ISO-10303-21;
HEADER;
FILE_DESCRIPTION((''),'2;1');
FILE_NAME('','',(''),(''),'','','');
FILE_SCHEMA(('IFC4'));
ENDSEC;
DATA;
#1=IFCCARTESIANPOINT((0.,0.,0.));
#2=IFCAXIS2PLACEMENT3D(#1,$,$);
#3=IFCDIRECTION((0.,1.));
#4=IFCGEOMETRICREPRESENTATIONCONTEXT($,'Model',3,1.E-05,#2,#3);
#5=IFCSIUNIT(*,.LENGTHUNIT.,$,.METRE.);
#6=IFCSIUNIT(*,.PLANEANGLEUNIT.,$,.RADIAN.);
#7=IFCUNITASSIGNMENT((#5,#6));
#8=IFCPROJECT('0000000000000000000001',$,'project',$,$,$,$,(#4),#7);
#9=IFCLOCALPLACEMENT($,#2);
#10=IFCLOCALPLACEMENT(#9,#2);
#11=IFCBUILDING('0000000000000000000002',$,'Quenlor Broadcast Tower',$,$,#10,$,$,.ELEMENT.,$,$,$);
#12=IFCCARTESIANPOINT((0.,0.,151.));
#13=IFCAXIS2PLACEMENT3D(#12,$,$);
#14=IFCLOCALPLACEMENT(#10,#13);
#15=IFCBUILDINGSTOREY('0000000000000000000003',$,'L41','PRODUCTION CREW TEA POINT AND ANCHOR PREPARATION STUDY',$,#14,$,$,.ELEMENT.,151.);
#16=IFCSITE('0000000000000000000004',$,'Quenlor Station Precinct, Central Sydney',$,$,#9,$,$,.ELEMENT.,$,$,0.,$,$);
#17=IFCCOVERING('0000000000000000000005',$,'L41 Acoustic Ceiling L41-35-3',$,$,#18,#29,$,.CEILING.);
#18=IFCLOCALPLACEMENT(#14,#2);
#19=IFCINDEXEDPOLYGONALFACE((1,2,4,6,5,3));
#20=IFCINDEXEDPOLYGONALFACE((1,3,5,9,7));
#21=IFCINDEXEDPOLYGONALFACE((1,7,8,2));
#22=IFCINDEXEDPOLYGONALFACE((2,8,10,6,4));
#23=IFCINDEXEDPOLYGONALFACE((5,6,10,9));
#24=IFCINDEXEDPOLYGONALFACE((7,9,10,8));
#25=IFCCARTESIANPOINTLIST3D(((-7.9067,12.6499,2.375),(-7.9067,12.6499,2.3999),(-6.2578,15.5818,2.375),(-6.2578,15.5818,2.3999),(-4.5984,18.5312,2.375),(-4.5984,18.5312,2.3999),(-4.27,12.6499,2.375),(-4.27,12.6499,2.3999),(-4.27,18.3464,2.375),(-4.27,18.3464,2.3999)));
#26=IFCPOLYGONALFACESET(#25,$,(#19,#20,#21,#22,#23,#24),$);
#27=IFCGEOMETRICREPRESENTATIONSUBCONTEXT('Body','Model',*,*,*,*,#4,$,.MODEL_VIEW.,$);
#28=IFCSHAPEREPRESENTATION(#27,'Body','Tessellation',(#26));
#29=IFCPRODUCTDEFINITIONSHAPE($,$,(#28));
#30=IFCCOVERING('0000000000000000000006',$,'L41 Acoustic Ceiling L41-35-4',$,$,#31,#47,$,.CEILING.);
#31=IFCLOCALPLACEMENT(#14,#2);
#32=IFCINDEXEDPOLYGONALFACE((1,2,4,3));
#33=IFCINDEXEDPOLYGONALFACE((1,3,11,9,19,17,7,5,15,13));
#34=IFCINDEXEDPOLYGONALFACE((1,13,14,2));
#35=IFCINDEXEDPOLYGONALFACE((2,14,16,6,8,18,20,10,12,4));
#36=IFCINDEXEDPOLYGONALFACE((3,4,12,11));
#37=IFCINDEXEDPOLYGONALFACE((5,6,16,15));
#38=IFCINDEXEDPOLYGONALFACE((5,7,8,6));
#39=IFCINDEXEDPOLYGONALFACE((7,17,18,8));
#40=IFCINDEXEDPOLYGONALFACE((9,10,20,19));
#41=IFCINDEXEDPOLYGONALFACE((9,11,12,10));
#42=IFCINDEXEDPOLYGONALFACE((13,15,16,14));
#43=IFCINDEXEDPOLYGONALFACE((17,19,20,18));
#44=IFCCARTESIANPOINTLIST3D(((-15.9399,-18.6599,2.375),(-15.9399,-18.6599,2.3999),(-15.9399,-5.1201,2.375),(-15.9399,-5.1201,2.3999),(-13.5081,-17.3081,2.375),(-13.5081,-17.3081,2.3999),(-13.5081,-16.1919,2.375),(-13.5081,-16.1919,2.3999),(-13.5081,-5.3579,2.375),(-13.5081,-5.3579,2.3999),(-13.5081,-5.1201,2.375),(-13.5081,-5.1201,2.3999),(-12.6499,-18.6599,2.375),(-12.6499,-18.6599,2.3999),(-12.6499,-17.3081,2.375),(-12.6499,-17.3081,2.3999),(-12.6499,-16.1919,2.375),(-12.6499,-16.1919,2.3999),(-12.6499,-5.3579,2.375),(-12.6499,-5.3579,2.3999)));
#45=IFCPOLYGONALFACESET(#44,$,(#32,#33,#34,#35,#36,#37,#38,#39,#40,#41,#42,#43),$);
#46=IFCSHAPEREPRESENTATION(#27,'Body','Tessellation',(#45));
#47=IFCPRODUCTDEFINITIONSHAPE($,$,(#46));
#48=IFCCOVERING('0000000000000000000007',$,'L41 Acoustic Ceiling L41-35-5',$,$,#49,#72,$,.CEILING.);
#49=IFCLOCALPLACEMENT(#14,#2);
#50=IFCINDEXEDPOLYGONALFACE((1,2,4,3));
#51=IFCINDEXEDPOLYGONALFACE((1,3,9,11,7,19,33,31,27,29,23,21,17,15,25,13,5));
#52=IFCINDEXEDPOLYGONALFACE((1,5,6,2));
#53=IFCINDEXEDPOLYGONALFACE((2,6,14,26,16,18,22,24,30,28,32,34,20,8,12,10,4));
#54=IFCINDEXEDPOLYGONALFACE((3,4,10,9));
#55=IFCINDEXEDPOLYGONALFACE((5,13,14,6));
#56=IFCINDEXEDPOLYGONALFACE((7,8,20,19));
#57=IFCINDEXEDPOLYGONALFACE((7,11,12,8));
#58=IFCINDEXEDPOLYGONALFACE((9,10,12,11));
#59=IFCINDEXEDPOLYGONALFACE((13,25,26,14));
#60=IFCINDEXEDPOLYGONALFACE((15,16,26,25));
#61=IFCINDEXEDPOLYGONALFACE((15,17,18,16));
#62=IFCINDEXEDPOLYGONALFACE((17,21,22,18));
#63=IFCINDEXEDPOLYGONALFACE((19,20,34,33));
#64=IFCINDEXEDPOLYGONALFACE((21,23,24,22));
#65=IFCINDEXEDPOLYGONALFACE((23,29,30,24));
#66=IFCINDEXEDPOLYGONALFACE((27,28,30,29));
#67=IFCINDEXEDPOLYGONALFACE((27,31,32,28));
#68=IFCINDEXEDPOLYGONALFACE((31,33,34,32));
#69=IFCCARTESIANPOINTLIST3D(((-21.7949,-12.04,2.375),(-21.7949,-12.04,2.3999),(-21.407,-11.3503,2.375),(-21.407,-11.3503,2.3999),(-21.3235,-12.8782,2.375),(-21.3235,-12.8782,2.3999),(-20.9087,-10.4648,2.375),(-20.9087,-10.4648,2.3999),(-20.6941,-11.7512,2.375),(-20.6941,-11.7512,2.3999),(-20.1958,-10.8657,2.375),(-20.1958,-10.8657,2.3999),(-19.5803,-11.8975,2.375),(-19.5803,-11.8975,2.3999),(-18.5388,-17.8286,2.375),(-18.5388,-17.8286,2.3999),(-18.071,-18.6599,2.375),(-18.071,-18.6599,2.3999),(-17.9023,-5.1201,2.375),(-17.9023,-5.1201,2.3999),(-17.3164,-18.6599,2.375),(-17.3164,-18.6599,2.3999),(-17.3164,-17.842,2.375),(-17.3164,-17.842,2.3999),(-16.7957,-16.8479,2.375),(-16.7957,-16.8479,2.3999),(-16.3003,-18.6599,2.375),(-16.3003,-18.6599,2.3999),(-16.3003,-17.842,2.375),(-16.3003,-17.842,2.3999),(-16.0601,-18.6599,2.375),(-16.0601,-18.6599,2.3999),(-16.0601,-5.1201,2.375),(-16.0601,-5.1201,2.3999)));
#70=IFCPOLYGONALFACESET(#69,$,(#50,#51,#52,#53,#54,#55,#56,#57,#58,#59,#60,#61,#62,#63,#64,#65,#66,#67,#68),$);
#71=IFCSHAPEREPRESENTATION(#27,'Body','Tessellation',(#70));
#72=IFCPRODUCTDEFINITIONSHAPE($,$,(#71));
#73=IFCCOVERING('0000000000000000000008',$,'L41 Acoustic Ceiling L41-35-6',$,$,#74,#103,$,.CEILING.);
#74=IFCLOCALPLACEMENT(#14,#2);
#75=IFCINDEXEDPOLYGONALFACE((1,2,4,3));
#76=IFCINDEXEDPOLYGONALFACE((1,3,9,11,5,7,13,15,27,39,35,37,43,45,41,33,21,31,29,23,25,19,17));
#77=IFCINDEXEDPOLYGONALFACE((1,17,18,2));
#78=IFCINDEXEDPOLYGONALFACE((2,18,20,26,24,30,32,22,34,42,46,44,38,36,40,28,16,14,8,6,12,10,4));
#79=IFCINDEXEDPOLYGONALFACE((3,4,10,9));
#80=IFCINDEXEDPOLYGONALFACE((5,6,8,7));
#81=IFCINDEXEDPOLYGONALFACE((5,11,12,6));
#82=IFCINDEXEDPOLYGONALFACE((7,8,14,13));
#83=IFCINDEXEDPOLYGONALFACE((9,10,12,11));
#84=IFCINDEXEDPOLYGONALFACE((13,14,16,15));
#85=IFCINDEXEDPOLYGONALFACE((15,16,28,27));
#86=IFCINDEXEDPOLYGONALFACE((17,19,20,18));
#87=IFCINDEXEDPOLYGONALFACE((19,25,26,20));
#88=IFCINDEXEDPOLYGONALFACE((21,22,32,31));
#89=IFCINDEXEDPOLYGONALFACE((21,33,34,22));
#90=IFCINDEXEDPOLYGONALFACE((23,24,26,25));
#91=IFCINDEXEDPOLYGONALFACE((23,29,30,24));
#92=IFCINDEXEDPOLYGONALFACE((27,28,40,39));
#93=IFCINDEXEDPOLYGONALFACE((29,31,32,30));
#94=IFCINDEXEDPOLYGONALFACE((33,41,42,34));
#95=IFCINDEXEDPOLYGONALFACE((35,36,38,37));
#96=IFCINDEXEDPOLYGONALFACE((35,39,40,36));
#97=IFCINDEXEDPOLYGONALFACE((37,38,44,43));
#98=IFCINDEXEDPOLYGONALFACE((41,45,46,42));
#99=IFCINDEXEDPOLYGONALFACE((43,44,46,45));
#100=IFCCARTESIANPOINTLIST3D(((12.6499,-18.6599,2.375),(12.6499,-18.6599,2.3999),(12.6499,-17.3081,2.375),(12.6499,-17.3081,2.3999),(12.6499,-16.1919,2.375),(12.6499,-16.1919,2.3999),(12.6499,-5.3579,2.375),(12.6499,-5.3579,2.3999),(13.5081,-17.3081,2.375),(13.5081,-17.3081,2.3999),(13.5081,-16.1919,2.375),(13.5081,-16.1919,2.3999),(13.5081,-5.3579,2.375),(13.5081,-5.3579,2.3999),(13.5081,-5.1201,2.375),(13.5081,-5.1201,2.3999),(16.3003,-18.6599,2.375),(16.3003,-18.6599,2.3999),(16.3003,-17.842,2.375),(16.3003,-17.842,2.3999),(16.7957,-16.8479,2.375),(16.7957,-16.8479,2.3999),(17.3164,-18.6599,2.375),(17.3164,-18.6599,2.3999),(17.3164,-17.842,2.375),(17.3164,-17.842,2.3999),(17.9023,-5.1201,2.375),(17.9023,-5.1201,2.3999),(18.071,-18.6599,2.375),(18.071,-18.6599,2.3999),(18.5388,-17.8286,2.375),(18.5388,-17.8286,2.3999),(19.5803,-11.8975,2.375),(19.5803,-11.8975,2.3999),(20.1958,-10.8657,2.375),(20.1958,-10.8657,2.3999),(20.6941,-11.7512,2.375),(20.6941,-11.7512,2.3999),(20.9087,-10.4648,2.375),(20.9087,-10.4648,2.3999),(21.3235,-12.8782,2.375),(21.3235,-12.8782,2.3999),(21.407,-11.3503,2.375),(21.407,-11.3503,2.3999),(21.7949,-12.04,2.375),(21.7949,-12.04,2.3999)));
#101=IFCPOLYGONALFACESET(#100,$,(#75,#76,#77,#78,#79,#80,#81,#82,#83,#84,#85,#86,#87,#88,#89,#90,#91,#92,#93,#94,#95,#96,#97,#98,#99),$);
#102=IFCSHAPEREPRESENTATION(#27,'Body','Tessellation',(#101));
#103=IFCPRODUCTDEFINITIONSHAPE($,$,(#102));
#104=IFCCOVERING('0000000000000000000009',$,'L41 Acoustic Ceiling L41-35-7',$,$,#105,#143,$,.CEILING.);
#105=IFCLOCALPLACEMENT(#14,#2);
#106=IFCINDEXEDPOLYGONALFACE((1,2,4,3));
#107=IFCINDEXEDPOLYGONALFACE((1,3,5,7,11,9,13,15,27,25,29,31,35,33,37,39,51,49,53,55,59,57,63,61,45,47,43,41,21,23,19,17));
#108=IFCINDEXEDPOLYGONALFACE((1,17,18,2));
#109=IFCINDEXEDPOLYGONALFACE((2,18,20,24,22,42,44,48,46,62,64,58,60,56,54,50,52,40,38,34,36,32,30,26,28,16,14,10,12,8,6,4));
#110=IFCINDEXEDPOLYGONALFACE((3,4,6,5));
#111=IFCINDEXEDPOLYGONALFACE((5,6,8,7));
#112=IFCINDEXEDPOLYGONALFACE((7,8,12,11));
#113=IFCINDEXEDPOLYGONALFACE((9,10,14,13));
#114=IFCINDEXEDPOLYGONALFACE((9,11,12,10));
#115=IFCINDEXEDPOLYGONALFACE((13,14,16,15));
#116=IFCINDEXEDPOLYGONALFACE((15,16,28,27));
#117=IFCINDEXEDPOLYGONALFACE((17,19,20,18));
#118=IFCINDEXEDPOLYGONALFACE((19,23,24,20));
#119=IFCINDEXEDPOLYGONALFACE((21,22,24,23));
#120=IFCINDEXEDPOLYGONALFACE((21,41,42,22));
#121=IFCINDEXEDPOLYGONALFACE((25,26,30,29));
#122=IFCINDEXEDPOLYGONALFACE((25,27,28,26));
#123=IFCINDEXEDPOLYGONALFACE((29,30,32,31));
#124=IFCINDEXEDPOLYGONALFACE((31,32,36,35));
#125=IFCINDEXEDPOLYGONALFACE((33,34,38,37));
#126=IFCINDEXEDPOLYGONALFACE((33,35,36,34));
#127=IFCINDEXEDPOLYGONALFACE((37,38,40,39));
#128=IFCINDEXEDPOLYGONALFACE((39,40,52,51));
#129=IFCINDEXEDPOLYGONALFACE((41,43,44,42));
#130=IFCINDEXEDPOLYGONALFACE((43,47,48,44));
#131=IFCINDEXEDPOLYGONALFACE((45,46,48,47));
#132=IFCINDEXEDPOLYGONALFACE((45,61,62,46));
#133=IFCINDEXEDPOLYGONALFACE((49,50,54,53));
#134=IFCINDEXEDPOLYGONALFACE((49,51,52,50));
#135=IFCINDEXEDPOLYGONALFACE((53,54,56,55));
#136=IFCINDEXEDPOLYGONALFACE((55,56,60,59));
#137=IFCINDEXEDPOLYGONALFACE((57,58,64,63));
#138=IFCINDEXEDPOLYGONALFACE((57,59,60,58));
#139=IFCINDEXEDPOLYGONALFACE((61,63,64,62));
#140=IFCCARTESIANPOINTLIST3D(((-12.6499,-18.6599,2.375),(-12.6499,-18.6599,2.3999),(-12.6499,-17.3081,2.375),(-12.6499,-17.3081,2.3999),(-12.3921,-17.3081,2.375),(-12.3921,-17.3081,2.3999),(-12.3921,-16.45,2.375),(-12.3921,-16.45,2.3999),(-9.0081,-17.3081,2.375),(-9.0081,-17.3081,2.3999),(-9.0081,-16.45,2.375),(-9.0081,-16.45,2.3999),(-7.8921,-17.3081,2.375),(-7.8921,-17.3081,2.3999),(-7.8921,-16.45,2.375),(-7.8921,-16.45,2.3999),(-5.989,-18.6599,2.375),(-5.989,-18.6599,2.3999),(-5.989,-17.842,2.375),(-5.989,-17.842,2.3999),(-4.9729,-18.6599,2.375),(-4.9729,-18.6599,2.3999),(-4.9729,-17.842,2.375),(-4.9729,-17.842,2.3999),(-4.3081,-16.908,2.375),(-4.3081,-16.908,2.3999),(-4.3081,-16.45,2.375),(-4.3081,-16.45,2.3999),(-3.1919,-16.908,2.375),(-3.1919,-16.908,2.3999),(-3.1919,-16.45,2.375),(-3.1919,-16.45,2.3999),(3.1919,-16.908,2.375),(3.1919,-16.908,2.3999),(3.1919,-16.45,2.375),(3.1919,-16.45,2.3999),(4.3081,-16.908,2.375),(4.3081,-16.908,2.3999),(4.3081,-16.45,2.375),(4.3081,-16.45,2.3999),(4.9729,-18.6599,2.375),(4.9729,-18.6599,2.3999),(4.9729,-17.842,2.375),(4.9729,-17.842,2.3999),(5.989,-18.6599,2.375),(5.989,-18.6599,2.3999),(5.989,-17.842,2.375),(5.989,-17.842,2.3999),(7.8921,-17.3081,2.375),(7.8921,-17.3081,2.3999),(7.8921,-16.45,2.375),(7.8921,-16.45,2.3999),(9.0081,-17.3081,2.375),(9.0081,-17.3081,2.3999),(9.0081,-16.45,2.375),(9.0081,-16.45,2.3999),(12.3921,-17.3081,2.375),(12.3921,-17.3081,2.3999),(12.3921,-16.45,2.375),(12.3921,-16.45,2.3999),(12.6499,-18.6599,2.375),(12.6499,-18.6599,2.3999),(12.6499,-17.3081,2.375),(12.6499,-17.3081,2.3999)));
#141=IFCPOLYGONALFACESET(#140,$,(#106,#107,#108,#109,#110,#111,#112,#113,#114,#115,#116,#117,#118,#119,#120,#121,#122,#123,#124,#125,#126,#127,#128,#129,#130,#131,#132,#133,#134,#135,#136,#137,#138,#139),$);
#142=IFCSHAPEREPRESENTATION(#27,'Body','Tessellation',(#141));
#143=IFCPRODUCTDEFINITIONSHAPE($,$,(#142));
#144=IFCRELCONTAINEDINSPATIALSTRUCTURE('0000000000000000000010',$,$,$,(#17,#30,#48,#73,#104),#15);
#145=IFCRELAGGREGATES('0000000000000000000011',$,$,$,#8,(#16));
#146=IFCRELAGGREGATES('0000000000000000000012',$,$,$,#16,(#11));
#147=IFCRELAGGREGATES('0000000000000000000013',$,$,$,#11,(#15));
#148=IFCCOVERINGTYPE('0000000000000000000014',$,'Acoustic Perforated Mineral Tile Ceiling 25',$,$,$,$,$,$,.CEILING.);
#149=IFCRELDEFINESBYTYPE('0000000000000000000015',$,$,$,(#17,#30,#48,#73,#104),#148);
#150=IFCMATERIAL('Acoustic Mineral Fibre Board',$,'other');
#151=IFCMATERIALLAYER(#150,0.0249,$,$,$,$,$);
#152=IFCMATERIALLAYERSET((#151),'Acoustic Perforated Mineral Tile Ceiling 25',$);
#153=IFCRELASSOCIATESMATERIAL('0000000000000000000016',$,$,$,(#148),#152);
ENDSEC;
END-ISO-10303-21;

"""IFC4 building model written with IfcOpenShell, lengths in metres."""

from ifc_helpers import new_model, si_unit, direction, frame, origin, place, context, subcontext, project, spatial, polyline, outline, extrude, material, layer, layer_set, type_object, element, save


model = new_model("IFC4")

# Units and contexts
model_context = context("Model", 3, precision=1e-05, world=origin(), true_north=direction((0.0, 1.0)))
body_context = subcontext(model_context, "Body", "Model", "MODEL_VIEW")
ifc_project = project(units=[si_unit("LENGTHUNIT", "METRE"), si_unit("PLANEANGLEUNIT", "RADIAN")], contexts=[model_context])

# Site, building, storey
site_placement = place(None, origin())
site = spatial("IfcSite", under=ifc_project, at=site_placement, Name="Quenlor Station Precinct, Central Sydney", CompositionType="ELEMENT", RefElevation=0.0)
building_placement = place(site_placement, origin())
building = spatial("IfcBuilding", under=site, at=building_placement, Name="Quenlor Broadcast Tower", CompositionType="ELEMENT")
storey_placement = place(building_placement, frame((0.0, 0.0, 151.0)))
storey = spatial("IfcBuildingStorey", under=building, at=storey_placement, Name="L41", Description="PRODUCTION CREW TEA POINT AND ANCHOR PREPARATION STUDY", CompositionType="ELEMENT", Elevation=151.0)

# Coverings
ifc_material_1 = material(Name="Acoustic Mineral Fibre Board", Category="other")
ifc_layer_1 = layer(ifc_material_1, 0.0249)
ifc_layer_set_1 = layer_set([ifc_layer_1], Name="Acoustic Perforated Mineral Tile Ceiling 25")
covering_type = type_object("IfcCoveringType", Name="Acoustic Perforated Mineral Tile Ceiling 25", PredefinedType="CEILING", material=ifc_layer_set_1)
covering_1_placement = place(storey_placement, frame((0.0, 0.0, 2.375)))
element("IfcCovering", 1, at=covering_1_placement, inside=storey, type_object=covering_type, Name="L41 Acoustic Ceiling L41-35-3", PredefinedType="CEILING", context=body_context, shape_type="SweptSolid", body=[
    extrude(outline(polyline([(-6.2578, 15.5818), (-4.5984, 18.5312), (-4.27, 18.3464), (-4.27, 12.6499), (-7.9067, 12.6499), (-6.2578, 15.5818)])), origin(), (0.0, 0.0, 1.0), 0.0249),
])
covering_2_placement = place(storey_placement, frame((0.0, 0.0, 2.375)))
element("IfcCovering", 2, at=covering_2_placement, inside=storey, type_object=covering_type, Name="L41 Acoustic Ceiling L41-35-4", PredefinedType="CEILING", context=body_context, shape_type="SweptSolid", body=[
    extrude(outline(polyline([(-13.5081, -5.3579), (-12.6499, -5.3579), (-12.6499, -16.1919), (-13.5081, -16.1919), (-13.5081, -17.3081), (-12.6499, -17.3081), (-12.6499, -18.6599), (-15.9399, -18.6599), (-15.9399, -5.1201), (-13.5081, -5.1201), (-13.5081, -5.3579)])), origin(), (0.0, 0.0, 1.0), 0.0249),
])
covering_3_placement = place(storey_placement, frame((0.0, 0.0, 2.375)))
element("IfcCovering", 3, at=covering_3_placement, inside=storey, type_object=covering_type, Name="L41 Acoustic Ceiling L41-35-5", PredefinedType="CEILING", context=body_context, shape_type="SweptSolid", body=[
    extrude(outline(polyline([(-16.0601, -18.6599), (-16.3003, -18.6599), (-16.3003, -17.842), (-17.3164, -17.842), (-17.3164, -18.6599), (-18.071, -18.6599), (-18.5388, -17.8286), (-16.7957, -16.8479), (-19.5803, -11.8975), (-21.3235, -12.8782), (-21.7949, -12.04), (-21.407, -11.3503), (-20.6941, -11.7512), (-20.1958, -10.8657), (-20.9087, -10.4648), (-17.9023, -5.1201), (-16.0601, -5.1201), (-16.0601, -18.6599)])), origin(), (0.0, 0.0, 1.0), 0.0249),
])
covering_4_placement = place(storey_placement, frame((0.0, 0.0, 2.375)))
element("IfcCovering", 4, at=covering_4_placement, inside=storey, type_object=covering_type, Name="L41 Acoustic Ceiling L41-35-6", PredefinedType="CEILING", context=body_context, shape_type="SweptSolid", body=[
    extrude(outline(polyline([(13.5081, -17.3081), (13.5081, -16.1919), (12.6499, -16.1919), (12.6499, -5.3579), (13.5081, -5.3579), (13.5081, -5.1201), (17.9023, -5.1201), (20.9087, -10.4648), (20.1958, -10.8657), (20.6941, -11.7512), (21.407, -11.3503), (21.7949, -12.04), (21.3235, -12.8782), (19.5803, -11.8975), (16.7957, -16.8479), (18.5388, -17.8286), (18.071, -18.6599), (17.3164, -18.6599), (17.3164, -17.842), (16.3003, -17.842), (16.3003, -18.6599), (12.6499, -18.6599), (12.6499, -17.3081), (13.5081, -17.3081)])), origin(), (0.0, 0.0, 1.0), 0.0249),
])
covering_5_placement = place(storey_placement, frame((0.0, 0.0, 2.375)))
element("IfcCovering", 5, at=covering_5_placement, inside=storey, type_object=covering_type, Name="L41 Acoustic Ceiling L41-35-7", PredefinedType="CEILING", context=body_context, shape_type="SweptSolid", body=[
    extrude(outline(polyline([(-12.3921, -17.3081), (-12.3921, -16.45), (-9.0081, -16.45), (-9.0081, -17.3081), (-7.8921, -17.3081), (-7.8921, -16.45), (-4.3081, -16.45), (-4.3081, -16.908), (-3.1919, -16.908), (-3.1919, -16.45), (3.1919, -16.45), (3.1919, -16.908), (4.3081, -16.908), (4.3081, -16.45), (7.8921, -16.45), (7.8921, -17.3081), (9.0081, -17.3081), (9.0081, -16.45), (12.3921, -16.45), (12.3921, -17.3081), (12.6499, -17.3081), (12.6499, -18.6599), (5.989, -18.6599), (5.989, -17.842), (4.9729, -17.842), (4.9729, -18.6599), (-4.9729, -18.6599), (-4.9729, -17.842), (-5.989, -17.842), (-5.989, -18.6599), (-12.6499, -18.6599), (-12.6499, -17.3081), (-12.3921, -17.3081)])), origin(), (0.0, 0.0, 1.0), 0.0249),
])

save(model, "model.ifc")
